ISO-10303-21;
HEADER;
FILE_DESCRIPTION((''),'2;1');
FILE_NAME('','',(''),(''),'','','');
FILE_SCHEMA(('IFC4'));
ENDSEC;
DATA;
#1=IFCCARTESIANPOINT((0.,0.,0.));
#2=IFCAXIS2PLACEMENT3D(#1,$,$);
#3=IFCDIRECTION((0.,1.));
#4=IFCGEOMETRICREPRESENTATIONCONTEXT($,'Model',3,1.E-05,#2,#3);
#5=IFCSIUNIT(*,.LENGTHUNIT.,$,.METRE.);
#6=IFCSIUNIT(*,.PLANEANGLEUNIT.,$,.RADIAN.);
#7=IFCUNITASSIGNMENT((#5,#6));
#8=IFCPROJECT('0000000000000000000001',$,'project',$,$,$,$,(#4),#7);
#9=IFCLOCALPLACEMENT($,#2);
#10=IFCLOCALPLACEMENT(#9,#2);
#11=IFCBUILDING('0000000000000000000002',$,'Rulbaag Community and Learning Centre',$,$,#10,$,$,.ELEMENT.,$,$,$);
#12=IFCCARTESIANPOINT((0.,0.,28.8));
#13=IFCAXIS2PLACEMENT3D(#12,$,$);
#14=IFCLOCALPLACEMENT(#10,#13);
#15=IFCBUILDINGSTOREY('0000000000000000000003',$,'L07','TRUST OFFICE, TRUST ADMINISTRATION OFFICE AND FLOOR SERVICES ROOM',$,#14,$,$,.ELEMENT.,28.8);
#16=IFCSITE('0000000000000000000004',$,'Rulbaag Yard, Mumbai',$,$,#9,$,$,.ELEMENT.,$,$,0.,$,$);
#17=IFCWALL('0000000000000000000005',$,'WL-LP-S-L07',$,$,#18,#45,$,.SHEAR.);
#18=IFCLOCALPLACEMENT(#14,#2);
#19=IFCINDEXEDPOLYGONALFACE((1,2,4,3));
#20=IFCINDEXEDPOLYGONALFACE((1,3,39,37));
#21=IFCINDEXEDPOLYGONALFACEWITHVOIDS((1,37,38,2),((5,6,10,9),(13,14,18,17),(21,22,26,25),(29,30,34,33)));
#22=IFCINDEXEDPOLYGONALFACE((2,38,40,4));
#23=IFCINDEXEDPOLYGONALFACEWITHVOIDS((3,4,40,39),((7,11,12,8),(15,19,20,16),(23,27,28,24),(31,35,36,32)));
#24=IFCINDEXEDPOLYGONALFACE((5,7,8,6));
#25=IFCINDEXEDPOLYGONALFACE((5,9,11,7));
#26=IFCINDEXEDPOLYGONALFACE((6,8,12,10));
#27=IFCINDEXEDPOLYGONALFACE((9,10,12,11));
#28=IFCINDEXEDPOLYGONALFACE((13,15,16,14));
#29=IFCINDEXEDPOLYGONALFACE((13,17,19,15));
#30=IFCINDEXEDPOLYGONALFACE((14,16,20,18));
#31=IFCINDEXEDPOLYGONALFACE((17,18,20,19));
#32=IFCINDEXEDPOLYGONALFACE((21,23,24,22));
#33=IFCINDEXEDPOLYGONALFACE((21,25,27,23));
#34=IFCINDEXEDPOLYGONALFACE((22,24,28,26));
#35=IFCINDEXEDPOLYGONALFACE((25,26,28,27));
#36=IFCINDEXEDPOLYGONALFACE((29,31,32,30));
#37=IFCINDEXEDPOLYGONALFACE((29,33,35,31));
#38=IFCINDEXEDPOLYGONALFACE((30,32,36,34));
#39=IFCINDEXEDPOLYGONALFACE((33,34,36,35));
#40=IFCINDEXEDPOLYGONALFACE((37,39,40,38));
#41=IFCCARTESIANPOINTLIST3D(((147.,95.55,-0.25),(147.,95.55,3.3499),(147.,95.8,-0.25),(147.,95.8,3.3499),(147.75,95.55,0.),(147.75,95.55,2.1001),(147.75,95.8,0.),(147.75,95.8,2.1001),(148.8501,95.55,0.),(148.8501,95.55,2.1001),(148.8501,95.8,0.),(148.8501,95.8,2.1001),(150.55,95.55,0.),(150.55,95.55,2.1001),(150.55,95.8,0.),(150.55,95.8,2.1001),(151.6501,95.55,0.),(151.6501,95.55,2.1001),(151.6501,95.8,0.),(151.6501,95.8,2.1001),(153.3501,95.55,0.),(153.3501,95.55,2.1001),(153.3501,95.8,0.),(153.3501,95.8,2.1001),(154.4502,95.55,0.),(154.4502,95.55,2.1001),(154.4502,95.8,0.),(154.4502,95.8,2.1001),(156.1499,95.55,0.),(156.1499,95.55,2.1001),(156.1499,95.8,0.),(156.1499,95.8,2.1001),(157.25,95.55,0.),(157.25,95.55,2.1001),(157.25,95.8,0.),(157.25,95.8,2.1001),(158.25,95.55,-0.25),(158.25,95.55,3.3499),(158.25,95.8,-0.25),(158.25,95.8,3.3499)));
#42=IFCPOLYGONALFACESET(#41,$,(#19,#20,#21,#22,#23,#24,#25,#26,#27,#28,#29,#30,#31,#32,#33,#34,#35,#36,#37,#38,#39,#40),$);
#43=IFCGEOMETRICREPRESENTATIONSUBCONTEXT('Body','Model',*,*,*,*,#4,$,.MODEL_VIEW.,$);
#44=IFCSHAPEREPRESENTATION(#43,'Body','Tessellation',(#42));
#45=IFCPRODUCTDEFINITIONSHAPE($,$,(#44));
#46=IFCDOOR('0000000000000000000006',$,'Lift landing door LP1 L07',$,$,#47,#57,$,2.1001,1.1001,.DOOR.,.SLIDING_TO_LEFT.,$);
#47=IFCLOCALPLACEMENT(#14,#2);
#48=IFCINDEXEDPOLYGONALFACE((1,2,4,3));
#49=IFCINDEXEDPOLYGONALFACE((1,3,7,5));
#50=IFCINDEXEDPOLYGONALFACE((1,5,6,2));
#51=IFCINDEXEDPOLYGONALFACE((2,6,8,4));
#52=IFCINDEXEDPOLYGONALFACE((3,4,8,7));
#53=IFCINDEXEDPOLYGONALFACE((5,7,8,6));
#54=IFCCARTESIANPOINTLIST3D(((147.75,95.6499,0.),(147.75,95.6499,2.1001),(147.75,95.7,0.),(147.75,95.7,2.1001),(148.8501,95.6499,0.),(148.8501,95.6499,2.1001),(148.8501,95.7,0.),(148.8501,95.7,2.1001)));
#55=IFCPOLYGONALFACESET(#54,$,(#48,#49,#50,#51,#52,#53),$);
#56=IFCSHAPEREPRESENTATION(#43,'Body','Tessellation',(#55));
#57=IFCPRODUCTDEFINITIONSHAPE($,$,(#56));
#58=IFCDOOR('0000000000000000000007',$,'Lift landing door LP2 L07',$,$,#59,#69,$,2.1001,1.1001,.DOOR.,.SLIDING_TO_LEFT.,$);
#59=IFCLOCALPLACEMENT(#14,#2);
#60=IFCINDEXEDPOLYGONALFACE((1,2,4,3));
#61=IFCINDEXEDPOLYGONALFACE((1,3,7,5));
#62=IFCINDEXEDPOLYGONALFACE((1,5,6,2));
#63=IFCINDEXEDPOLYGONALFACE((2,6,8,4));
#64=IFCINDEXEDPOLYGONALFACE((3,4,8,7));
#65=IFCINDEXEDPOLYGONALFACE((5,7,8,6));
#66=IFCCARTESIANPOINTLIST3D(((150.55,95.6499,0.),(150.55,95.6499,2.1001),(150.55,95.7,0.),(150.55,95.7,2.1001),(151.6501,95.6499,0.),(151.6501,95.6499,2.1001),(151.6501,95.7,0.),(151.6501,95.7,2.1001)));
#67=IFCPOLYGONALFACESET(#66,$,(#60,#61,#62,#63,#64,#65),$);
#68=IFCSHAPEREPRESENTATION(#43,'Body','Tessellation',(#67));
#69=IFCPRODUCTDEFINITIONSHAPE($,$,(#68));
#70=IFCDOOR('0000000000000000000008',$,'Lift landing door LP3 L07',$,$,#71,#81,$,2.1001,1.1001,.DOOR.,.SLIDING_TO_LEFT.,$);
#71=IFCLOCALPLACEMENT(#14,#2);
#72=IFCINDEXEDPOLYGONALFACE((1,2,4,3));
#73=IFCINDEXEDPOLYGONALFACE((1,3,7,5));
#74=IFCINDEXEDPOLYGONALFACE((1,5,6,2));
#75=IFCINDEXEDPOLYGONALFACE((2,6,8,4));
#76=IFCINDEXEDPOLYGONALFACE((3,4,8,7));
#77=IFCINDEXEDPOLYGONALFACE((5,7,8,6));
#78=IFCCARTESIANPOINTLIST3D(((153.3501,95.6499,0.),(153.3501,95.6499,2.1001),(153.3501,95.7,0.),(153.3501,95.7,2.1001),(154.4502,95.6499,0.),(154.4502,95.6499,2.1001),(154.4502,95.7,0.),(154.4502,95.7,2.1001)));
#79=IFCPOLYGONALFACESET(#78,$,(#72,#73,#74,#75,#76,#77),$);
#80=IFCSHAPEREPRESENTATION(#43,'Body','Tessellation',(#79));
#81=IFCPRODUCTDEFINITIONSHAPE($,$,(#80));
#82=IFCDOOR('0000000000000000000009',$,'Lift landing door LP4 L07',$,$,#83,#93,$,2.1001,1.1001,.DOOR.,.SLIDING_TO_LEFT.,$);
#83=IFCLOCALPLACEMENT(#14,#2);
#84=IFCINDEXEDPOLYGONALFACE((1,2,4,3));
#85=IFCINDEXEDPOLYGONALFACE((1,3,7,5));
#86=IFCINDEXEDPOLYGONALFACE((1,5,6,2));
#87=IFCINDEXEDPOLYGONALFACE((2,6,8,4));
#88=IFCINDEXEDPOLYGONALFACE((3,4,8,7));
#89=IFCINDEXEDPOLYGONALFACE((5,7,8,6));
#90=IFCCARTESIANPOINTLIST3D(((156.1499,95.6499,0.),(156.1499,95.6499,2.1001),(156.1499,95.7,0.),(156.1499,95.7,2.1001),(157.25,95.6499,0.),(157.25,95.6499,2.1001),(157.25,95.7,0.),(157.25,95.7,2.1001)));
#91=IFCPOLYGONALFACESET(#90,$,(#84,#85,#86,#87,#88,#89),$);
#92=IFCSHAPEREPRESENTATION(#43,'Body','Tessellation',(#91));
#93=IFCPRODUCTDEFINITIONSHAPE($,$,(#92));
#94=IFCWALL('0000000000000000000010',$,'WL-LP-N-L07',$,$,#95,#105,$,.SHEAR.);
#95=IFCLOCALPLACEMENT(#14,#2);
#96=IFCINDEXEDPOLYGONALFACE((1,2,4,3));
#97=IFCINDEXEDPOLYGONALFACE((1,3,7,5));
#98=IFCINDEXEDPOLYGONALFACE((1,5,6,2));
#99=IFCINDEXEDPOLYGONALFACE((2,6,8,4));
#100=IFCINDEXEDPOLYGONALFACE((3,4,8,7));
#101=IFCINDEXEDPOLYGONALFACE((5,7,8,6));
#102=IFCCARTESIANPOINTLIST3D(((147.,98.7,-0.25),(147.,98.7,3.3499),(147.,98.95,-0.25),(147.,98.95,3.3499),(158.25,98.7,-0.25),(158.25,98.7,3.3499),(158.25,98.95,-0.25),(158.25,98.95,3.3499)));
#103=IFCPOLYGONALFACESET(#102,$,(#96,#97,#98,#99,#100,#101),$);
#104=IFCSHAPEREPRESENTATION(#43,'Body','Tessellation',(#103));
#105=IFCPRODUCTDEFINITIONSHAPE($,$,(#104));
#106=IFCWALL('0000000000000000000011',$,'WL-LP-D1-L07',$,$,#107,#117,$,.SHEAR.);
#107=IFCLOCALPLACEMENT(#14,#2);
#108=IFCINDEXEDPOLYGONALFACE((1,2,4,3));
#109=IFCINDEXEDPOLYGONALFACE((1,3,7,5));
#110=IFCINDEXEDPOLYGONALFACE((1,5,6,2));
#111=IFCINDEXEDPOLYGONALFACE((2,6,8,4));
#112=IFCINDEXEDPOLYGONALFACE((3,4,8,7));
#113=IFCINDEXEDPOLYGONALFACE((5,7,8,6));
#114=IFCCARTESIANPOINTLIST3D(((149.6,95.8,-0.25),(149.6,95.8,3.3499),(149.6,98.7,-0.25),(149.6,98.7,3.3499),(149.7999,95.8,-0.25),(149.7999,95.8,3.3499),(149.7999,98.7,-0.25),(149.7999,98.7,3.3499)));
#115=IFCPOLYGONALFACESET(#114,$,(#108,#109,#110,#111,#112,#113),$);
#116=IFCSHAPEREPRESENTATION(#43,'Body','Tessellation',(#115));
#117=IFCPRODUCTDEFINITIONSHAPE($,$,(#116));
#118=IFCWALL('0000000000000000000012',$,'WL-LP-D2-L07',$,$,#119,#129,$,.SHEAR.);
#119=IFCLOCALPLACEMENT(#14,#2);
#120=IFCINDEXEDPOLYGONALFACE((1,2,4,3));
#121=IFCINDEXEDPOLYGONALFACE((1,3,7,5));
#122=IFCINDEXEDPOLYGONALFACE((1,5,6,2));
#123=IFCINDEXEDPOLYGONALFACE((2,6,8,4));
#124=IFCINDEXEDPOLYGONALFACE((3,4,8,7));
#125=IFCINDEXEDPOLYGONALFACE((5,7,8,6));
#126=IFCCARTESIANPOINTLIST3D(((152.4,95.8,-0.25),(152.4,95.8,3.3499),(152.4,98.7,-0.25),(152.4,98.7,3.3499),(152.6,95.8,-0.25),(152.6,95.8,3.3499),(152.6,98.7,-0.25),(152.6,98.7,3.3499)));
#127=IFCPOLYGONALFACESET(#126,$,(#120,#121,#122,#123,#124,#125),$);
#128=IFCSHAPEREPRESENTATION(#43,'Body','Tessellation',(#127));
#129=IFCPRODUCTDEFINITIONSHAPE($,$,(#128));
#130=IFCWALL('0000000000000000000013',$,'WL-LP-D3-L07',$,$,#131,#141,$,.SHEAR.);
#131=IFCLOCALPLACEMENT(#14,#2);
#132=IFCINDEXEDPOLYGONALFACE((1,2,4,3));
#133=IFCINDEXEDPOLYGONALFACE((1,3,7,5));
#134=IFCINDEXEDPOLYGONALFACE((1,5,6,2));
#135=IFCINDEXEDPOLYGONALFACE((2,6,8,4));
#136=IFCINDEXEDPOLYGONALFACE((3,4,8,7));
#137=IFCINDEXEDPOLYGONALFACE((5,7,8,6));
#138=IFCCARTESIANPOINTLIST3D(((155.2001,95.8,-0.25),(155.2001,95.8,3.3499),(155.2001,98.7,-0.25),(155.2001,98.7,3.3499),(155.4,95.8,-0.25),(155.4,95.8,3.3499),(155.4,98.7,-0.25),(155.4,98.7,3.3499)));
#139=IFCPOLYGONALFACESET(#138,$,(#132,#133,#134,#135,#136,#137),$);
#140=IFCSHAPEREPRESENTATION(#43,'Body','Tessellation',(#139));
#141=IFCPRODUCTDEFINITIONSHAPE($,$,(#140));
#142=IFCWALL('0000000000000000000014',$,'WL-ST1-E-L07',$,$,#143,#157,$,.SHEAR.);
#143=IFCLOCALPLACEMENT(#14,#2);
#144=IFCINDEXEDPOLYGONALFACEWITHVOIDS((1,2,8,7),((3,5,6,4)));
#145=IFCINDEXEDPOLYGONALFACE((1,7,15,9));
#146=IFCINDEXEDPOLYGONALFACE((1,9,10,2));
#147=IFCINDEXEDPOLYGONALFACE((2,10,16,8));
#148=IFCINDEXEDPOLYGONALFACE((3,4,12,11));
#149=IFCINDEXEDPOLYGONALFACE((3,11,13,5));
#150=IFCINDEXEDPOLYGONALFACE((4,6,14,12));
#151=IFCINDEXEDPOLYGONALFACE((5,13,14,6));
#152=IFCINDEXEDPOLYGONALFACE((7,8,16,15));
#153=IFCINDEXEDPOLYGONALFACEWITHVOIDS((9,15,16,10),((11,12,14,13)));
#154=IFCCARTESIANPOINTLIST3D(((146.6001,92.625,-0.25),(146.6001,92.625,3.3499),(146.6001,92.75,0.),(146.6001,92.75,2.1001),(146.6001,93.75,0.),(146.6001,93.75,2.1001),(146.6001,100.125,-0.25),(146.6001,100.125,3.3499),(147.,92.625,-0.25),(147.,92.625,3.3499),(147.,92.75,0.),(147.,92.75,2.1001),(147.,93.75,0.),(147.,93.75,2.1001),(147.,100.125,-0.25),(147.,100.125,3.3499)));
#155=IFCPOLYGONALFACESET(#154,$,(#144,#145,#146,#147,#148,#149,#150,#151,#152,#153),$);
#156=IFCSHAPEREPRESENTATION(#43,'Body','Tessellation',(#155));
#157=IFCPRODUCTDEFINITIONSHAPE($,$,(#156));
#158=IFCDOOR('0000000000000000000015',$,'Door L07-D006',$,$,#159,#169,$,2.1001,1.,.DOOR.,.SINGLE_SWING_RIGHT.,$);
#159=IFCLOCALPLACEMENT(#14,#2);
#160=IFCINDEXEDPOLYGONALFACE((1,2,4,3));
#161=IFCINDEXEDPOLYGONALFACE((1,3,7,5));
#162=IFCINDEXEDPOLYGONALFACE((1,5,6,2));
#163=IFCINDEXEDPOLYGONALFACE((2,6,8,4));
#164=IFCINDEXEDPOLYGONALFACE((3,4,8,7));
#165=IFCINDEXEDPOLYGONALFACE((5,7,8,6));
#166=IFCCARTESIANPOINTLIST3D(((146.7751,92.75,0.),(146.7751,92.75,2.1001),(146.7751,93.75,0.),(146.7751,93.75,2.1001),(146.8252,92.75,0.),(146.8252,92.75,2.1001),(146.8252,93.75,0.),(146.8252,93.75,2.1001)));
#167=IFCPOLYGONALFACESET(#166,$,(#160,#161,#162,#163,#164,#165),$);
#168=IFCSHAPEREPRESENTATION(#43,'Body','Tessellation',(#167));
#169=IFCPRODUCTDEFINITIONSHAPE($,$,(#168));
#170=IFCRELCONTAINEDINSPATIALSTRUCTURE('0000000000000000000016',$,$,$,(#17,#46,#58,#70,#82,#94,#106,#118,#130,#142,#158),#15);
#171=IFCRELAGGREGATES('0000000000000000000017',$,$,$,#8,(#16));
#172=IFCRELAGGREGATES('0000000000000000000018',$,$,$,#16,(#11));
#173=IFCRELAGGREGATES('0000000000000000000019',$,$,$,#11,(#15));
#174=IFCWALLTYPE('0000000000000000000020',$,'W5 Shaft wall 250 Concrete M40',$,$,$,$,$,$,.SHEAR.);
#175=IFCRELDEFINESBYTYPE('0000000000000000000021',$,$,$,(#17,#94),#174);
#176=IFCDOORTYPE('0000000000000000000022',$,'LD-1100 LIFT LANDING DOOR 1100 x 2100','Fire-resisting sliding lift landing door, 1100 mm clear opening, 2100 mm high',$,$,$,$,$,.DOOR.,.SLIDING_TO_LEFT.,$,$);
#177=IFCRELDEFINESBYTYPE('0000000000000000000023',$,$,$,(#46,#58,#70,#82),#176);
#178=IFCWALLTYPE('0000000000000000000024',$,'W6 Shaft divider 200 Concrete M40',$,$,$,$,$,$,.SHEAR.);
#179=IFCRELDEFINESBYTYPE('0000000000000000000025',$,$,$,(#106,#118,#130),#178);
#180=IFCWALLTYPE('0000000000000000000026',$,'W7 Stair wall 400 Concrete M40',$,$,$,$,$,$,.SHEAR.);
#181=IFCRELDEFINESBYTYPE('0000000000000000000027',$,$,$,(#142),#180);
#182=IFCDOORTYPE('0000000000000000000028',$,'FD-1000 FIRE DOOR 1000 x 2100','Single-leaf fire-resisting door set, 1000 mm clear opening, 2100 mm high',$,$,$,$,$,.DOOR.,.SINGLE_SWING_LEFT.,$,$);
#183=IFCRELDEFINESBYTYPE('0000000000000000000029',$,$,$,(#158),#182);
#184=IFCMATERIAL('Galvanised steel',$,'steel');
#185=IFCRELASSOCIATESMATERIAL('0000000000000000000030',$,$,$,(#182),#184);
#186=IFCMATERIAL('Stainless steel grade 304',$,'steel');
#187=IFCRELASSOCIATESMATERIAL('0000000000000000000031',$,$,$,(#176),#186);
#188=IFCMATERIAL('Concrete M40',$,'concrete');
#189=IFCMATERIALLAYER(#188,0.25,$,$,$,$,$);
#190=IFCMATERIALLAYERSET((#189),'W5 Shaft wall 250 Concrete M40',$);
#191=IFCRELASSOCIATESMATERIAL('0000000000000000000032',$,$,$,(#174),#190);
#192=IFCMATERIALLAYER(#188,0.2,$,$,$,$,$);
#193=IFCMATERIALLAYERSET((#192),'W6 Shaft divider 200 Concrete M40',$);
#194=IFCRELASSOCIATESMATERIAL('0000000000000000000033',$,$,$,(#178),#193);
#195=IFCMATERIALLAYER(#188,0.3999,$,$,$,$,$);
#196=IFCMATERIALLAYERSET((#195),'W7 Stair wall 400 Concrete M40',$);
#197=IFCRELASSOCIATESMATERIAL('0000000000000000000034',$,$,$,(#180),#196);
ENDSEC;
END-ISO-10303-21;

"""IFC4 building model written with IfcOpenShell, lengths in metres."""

from ifc_helpers import new_model, si_unit, direction, frame, frame_2d, origin, place, context, subcontext, project, spatial, rectangle, extrude, material, layer, layer_set, type_object, element, fill, save


model = new_model("IFC4")

# Units and contexts
model_context = context("Model", 3, precision=1e-05, world=origin(), true_north=direction((0.0, 1.0)))
body_context = subcontext(model_context, "Body", "Model", "MODEL_VIEW")
ifc_project = project(units=[si_unit("LENGTHUNIT", "METRE"), si_unit("PLANEANGLEUNIT", "RADIAN")], contexts=[model_context])

# Site, building, storey
site_placement = place(None, origin())
site = spatial("IfcSite", under=ifc_project, at=site_placement, Name="Rulbaag Yard, Mumbai", CompositionType="ELEMENT", RefElevation=0.0)
building_placement = place(site_placement, origin())
building = spatial("IfcBuilding", under=site, at=building_placement, Name="Rulbaag Community and Learning Centre", CompositionType="ELEMENT")
storey_placement = place(building_placement, frame((0.0, 0.0, 28.8)))
storey = spatial("IfcBuildingStorey", under=building, at=storey_placement, Name="L07", Description="TRUST OFFICE, TRUST ADMINISTRATION OFFICE AND FLOOR SERVICES ROOM", CompositionType="ELEMENT", Elevation=28.8)

# Shared definitions
ifc_material_1 = material(Name="Concrete M40", Category="concrete")

# Shared definitions
ifc_material_2 = material(Name="Galvanised steel", Category="steel")
door_type_1 = type_object("IfcDoorType", Name="FD-1000 FIRE DOOR 1000 x 2100", Description="Single-leaf fire-resisting door set, 1000 mm clear opening, 2100 mm high", OperationType="SINGLE_SWING_LEFT", PredefinedType="DOOR", material=ifc_material_2)

# Shared definitions
ifc_material_3 = material(Name="Stainless steel grade 304", Category="steel")
door_type_2 = type_object("IfcDoorType", Name="LD-1100 LIFT LANDING DOOR 1100 x 2100", Description="Fire-resisting sliding lift landing door, 1100 mm clear opening, 2100 mm high", OperationType="SLIDING_TO_LEFT", PredefinedType="DOOR", material=ifc_material_3)

# Wall, openings, doors
ifc_layer_1 = layer(ifc_material_1, 0.25)
ifc_layer_set_1 = layer_set([ifc_layer_1], Name="W5 Shaft wall 250 Concrete M40")
wall_type_1 = type_object("IfcWallType", Name="W5 Shaft wall 250 Concrete M40", PredefinedType="SHEAR", material=ifc_layer_set_1)
wall_1_placement = place(storey_placement, frame((147.0, 95.675, -0.25), z_axis=(0.0, 0.0, 1.0), x_axis=(1.0, 0.0, 0.0)))
wall_1 = element("IfcWall", 1, at=wall_1_placement, inside=storey, type_object=wall_type_1, Name="WL-LP-S-L07", PredefinedType="SHEAR", context=body_context, shape_type="SweptSolid", body=[
    extrude(rectangle(XDim=11.25, YDim=0.25, at=frame_2d((5.625, 0.0))), origin(), (0.0, 0.0, 1.0), 3.5999),
])
opening_1_placement = place(wall_1_placement, frame((0.75, 0.0, 0.25)))
opening_1 = element("IfcOpeningElement", 2, at=opening_1_placement, cuts=wall_1, PredefinedType="OPENING", context=body_context, shape_type="SweptSolid", body=[
    extrude(rectangle(XDim=1.1001, YDim=2.1001, at=frame_2d((0.55, 1.05))), frame((0.0, 0.135, 0.0), z_axis=(0.0, -1.0, 0.0), x_axis=(1.0, 0.0, 0.0)), (0.0, 0.0, 1.0), 0.27),
])
opening_2_placement = place(wall_1_placement, frame((3.55, 0.0, 0.25)))
opening_2 = element("IfcOpeningElement", 3, at=opening_2_placement, cuts=wall_1, PredefinedType="OPENING", context=body_context, shape_type="SweptSolid", body=[
    extrude(rectangle(XDim=1.1001, YDim=2.1001, at=frame_2d((0.55, 1.05))), frame((0.0, 0.135, 0.0), z_axis=(0.0, -1.0, 0.0), x_axis=(1.0, 0.0, 0.0)), (0.0, 0.0, 1.0), 0.27),
])
opening_3_placement = place(wall_1_placement, frame((6.3501, 0.0, 0.25)))
opening_3 = element("IfcOpeningElement", 4, at=opening_3_placement, cuts=wall_1, PredefinedType="OPENING", context=body_context, shape_type="SweptSolid", body=[
    extrude(rectangle(XDim=1.1001, YDim=2.1001, at=frame_2d((0.55, 1.05))), frame((0.0, 0.135, 0.0), z_axis=(0.0, -1.0, 0.0), x_axis=(1.0, 0.0, 0.0)), (0.0, 0.0, 1.0), 0.27),
])
opening_4_placement = place(wall_1_placement, frame((9.1499, 0.0, 0.25)))
opening_4 = element("IfcOpeningElement", 5, at=opening_4_placement, cuts=wall_1, PredefinedType="OPENING", context=body_context, shape_type="SweptSolid", body=[
    extrude(rectangle(XDim=1.1001, YDim=2.1001, at=frame_2d((0.55, 1.05))), frame((0.0, 0.135, 0.0), z_axis=(0.0, -1.0, 0.0), x_axis=(1.0, 0.0, 0.0)), (0.0, 0.0, 1.0), 0.27),
])
door_1_placement = place(opening_1_placement, origin())
door_1 = element("IfcDoor", 6, at=door_1_placement, inside=storey, type_object=door_type_2, Name="Lift landing door LP1 L07", OperationType="SLIDING_TO_LEFT", OverallHeight=2.1001, OverallWidth=1.1001, PredefinedType="DOOR", context=body_context, shape_type="SweptSolid", body=[
    extrude(rectangle(XDim=1.1001, YDim=2.1001, at=frame_2d((0.55, 1.05))), frame((0.0, 0.0249, 0.0), z_axis=(0.0, -1.0, 0.0), x_axis=(1.0, 0.0, 0.0)), (0.0, 0.0, 1.0), 0.05),
])
fill(opening_1, door_1)
door_2_placement = place(opening_2_placement, origin())
door_2 = element("IfcDoor", 7, at=door_2_placement, inside=storey, type_object=door_type_2, Name="Lift landing door LP2 L07", OperationType="SLIDING_TO_LEFT", OverallHeight=2.1001, OverallWidth=1.1001, PredefinedType="DOOR", context=body_context, shape_type="SweptSolid", body=[
    extrude(rectangle(XDim=1.1001, YDim=2.1001, at=frame_2d((0.55, 1.05))), frame((0.0, 0.0249, 0.0), z_axis=(0.0, -1.0, 0.0), x_axis=(1.0, 0.0, 0.0)), (0.0, 0.0, 1.0), 0.05),
])
fill(opening_2, door_2)
door_3_placement = place(opening_3_placement, origin())
door_3 = element("IfcDoor", 8, at=door_3_placement, inside=storey, type_object=door_type_2, Name="Lift landing door LP3 L07", OperationType="SLIDING_TO_LEFT", OverallHeight=2.1001, OverallWidth=1.1001, PredefinedType="DOOR", context=body_context, shape_type="SweptSolid", body=[
    extrude(rectangle(XDim=1.1001, YDim=2.1001, at=frame_2d((0.55, 1.05))), frame((0.0, 0.0249, 0.0), z_axis=(0.0, -1.0, 0.0), x_axis=(1.0, 0.0, 0.0)), (0.0, 0.0, 1.0), 0.05),
])
fill(opening_3, door_3)
door_4_placement = place(opening_4_placement, origin())
door_4 = element("IfcDoor", 9, at=door_4_placement, inside=storey, type_object=door_type_2, Name="Lift landing door LP4 L07", OperationType="SLIDING_TO_LEFT", OverallHeight=2.1001, OverallWidth=1.1001, PredefinedType="DOOR", context=body_context, shape_type="SweptSolid", body=[
    extrude(rectangle(XDim=1.1001, YDim=2.1001, at=frame_2d((0.55, 1.05))), frame((0.0, 0.0249, 0.0), z_axis=(0.0, -1.0, 0.0), x_axis=(1.0, 0.0, 0.0)), (0.0, 0.0, 1.0), 0.05),
])
fill(opening_4, door_4)

# Walls
wall_2_placement = place(storey_placement, frame((147.0, 98.825, -0.25), z_axis=(0.0, 0.0, 1.0), x_axis=(1.0, 0.0, 0.0)))
element("IfcWall", 10, at=wall_2_placement, inside=storey, type_object=wall_type_1, Name="WL-LP-N-L07", PredefinedType="SHEAR", context=body_context, shape_type="SweptSolid", body=[
    extrude(rectangle(XDim=11.25, YDim=0.25, at=frame_2d((5.625, 0.0))), origin(), (0.0, 0.0, 1.0), 3.5999),
])
ifc_layer_2 = layer(ifc_material_1, 0.2)
ifc_layer_set_2 = layer_set([ifc_layer_2], Name="W6 Shaft divider 200 Concrete M40")
wall_type_2 = type_object("IfcWallType", Name="W6 Shaft divider 200 Concrete M40", PredefinedType="SHEAR", material=ifc_layer_set_2)
for number, where, z_axis, x_axis, name in (
    (11, (149.7, 95.8, -0.25), (0.0, 0.0, 1.0), (0.0, 1.0, 0.0), "WL-LP-D1-L07"),
    (12, (152.5, 95.8, -0.25), (0.0, 0.0, 1.0), (0.0, 1.0, 0.0), "WL-LP-D2-L07"),
    (13, (155.3, 95.8, -0.25), (0.0, 0.0, 1.0), (0.0, 1.0, 0.0), "WL-LP-D3-L07"),
):
    element("IfcWall", number, at=place(storey_placement, frame(where, z_axis=z_axis, x_axis=x_axis)), inside=storey, type_object=wall_type_2, Name=name, PredefinedType="SHEAR", context=body_context, shape_type="SweptSolid", body=[
        extrude(rectangle(XDim=2.8999, YDim=0.2, at=frame_2d((1.45, 0.0))), origin(), (0.0, 0.0, 1.0), 3.5999),
    ])

# Wall, opening, door
ifc_layer_3 = layer(ifc_material_1, 0.3999)
ifc_layer_set_3 = layer_set([ifc_layer_3], Name="W7 Stair wall 400 Concrete M40")
wall_type_3 = type_object("IfcWallType", Name="W7 Stair wall 400 Concrete M40", PredefinedType="SHEAR", material=ifc_layer_set_3)
wall_3_placement = place(storey_placement, frame((146.8, 92.625, -0.25), z_axis=(0.0, 0.0, 1.0), x_axis=(0.0, 1.0, 0.0)))
wall_3 = element("IfcWall", 14, at=wall_3_placement, inside=storey, type_object=wall_type_3, Name="WL-ST1-E-L07", PredefinedType="SHEAR", context=body_context, shape_type="SweptSolid", body=[
    extrude(rectangle(XDim=7.5, YDim=0.3999, at=frame_2d((3.75, 0.0))), origin(), (0.0, 0.0, 1.0), 3.5999),
])
opening_5_placement = place(wall_3_placement, frame((0.125, 0.0, 0.25)))
opening_5 = element("IfcOpeningElement", 15, at=opening_5_placement, cuts=wall_3, PredefinedType="OPENING", context=body_context, shape_type="SweptSolid", body=[
    extrude(rectangle(XDim=1.0, YDim=2.1001, at=frame_2d((0.5, 1.05))), frame((0.0, 0.21, 0.0), z_axis=(0.0, -1.0, 0.0), x_axis=(1.0, 0.0, 0.0)), (0.0, 0.0, 1.0), 0.4199),
])
door_5_placement = place(opening_5_placement, origin())
door_5 = element("IfcDoor", 16, at=door_5_placement, inside=storey, type_object=door_type_1, Name="Door L07-D006", OperationType="SINGLE_SWING_RIGHT", OverallHeight=2.1001, OverallWidth=1.0, PredefinedType="DOOR", context=body_context, shape_type="SweptSolid", body=[
    extrude(rectangle(XDim=1.0, YDim=2.1001, at=frame_2d((0.5, 1.05))), frame((0.0, 0.0249, 0.0), z_axis=(0.0, -1.0, 0.0), x_axis=(1.0, 0.0, 0.0)), (0.0, 0.0, 1.0), 0.05),
])
fill(opening_5, door_5)

save(model, "model.ifc")
